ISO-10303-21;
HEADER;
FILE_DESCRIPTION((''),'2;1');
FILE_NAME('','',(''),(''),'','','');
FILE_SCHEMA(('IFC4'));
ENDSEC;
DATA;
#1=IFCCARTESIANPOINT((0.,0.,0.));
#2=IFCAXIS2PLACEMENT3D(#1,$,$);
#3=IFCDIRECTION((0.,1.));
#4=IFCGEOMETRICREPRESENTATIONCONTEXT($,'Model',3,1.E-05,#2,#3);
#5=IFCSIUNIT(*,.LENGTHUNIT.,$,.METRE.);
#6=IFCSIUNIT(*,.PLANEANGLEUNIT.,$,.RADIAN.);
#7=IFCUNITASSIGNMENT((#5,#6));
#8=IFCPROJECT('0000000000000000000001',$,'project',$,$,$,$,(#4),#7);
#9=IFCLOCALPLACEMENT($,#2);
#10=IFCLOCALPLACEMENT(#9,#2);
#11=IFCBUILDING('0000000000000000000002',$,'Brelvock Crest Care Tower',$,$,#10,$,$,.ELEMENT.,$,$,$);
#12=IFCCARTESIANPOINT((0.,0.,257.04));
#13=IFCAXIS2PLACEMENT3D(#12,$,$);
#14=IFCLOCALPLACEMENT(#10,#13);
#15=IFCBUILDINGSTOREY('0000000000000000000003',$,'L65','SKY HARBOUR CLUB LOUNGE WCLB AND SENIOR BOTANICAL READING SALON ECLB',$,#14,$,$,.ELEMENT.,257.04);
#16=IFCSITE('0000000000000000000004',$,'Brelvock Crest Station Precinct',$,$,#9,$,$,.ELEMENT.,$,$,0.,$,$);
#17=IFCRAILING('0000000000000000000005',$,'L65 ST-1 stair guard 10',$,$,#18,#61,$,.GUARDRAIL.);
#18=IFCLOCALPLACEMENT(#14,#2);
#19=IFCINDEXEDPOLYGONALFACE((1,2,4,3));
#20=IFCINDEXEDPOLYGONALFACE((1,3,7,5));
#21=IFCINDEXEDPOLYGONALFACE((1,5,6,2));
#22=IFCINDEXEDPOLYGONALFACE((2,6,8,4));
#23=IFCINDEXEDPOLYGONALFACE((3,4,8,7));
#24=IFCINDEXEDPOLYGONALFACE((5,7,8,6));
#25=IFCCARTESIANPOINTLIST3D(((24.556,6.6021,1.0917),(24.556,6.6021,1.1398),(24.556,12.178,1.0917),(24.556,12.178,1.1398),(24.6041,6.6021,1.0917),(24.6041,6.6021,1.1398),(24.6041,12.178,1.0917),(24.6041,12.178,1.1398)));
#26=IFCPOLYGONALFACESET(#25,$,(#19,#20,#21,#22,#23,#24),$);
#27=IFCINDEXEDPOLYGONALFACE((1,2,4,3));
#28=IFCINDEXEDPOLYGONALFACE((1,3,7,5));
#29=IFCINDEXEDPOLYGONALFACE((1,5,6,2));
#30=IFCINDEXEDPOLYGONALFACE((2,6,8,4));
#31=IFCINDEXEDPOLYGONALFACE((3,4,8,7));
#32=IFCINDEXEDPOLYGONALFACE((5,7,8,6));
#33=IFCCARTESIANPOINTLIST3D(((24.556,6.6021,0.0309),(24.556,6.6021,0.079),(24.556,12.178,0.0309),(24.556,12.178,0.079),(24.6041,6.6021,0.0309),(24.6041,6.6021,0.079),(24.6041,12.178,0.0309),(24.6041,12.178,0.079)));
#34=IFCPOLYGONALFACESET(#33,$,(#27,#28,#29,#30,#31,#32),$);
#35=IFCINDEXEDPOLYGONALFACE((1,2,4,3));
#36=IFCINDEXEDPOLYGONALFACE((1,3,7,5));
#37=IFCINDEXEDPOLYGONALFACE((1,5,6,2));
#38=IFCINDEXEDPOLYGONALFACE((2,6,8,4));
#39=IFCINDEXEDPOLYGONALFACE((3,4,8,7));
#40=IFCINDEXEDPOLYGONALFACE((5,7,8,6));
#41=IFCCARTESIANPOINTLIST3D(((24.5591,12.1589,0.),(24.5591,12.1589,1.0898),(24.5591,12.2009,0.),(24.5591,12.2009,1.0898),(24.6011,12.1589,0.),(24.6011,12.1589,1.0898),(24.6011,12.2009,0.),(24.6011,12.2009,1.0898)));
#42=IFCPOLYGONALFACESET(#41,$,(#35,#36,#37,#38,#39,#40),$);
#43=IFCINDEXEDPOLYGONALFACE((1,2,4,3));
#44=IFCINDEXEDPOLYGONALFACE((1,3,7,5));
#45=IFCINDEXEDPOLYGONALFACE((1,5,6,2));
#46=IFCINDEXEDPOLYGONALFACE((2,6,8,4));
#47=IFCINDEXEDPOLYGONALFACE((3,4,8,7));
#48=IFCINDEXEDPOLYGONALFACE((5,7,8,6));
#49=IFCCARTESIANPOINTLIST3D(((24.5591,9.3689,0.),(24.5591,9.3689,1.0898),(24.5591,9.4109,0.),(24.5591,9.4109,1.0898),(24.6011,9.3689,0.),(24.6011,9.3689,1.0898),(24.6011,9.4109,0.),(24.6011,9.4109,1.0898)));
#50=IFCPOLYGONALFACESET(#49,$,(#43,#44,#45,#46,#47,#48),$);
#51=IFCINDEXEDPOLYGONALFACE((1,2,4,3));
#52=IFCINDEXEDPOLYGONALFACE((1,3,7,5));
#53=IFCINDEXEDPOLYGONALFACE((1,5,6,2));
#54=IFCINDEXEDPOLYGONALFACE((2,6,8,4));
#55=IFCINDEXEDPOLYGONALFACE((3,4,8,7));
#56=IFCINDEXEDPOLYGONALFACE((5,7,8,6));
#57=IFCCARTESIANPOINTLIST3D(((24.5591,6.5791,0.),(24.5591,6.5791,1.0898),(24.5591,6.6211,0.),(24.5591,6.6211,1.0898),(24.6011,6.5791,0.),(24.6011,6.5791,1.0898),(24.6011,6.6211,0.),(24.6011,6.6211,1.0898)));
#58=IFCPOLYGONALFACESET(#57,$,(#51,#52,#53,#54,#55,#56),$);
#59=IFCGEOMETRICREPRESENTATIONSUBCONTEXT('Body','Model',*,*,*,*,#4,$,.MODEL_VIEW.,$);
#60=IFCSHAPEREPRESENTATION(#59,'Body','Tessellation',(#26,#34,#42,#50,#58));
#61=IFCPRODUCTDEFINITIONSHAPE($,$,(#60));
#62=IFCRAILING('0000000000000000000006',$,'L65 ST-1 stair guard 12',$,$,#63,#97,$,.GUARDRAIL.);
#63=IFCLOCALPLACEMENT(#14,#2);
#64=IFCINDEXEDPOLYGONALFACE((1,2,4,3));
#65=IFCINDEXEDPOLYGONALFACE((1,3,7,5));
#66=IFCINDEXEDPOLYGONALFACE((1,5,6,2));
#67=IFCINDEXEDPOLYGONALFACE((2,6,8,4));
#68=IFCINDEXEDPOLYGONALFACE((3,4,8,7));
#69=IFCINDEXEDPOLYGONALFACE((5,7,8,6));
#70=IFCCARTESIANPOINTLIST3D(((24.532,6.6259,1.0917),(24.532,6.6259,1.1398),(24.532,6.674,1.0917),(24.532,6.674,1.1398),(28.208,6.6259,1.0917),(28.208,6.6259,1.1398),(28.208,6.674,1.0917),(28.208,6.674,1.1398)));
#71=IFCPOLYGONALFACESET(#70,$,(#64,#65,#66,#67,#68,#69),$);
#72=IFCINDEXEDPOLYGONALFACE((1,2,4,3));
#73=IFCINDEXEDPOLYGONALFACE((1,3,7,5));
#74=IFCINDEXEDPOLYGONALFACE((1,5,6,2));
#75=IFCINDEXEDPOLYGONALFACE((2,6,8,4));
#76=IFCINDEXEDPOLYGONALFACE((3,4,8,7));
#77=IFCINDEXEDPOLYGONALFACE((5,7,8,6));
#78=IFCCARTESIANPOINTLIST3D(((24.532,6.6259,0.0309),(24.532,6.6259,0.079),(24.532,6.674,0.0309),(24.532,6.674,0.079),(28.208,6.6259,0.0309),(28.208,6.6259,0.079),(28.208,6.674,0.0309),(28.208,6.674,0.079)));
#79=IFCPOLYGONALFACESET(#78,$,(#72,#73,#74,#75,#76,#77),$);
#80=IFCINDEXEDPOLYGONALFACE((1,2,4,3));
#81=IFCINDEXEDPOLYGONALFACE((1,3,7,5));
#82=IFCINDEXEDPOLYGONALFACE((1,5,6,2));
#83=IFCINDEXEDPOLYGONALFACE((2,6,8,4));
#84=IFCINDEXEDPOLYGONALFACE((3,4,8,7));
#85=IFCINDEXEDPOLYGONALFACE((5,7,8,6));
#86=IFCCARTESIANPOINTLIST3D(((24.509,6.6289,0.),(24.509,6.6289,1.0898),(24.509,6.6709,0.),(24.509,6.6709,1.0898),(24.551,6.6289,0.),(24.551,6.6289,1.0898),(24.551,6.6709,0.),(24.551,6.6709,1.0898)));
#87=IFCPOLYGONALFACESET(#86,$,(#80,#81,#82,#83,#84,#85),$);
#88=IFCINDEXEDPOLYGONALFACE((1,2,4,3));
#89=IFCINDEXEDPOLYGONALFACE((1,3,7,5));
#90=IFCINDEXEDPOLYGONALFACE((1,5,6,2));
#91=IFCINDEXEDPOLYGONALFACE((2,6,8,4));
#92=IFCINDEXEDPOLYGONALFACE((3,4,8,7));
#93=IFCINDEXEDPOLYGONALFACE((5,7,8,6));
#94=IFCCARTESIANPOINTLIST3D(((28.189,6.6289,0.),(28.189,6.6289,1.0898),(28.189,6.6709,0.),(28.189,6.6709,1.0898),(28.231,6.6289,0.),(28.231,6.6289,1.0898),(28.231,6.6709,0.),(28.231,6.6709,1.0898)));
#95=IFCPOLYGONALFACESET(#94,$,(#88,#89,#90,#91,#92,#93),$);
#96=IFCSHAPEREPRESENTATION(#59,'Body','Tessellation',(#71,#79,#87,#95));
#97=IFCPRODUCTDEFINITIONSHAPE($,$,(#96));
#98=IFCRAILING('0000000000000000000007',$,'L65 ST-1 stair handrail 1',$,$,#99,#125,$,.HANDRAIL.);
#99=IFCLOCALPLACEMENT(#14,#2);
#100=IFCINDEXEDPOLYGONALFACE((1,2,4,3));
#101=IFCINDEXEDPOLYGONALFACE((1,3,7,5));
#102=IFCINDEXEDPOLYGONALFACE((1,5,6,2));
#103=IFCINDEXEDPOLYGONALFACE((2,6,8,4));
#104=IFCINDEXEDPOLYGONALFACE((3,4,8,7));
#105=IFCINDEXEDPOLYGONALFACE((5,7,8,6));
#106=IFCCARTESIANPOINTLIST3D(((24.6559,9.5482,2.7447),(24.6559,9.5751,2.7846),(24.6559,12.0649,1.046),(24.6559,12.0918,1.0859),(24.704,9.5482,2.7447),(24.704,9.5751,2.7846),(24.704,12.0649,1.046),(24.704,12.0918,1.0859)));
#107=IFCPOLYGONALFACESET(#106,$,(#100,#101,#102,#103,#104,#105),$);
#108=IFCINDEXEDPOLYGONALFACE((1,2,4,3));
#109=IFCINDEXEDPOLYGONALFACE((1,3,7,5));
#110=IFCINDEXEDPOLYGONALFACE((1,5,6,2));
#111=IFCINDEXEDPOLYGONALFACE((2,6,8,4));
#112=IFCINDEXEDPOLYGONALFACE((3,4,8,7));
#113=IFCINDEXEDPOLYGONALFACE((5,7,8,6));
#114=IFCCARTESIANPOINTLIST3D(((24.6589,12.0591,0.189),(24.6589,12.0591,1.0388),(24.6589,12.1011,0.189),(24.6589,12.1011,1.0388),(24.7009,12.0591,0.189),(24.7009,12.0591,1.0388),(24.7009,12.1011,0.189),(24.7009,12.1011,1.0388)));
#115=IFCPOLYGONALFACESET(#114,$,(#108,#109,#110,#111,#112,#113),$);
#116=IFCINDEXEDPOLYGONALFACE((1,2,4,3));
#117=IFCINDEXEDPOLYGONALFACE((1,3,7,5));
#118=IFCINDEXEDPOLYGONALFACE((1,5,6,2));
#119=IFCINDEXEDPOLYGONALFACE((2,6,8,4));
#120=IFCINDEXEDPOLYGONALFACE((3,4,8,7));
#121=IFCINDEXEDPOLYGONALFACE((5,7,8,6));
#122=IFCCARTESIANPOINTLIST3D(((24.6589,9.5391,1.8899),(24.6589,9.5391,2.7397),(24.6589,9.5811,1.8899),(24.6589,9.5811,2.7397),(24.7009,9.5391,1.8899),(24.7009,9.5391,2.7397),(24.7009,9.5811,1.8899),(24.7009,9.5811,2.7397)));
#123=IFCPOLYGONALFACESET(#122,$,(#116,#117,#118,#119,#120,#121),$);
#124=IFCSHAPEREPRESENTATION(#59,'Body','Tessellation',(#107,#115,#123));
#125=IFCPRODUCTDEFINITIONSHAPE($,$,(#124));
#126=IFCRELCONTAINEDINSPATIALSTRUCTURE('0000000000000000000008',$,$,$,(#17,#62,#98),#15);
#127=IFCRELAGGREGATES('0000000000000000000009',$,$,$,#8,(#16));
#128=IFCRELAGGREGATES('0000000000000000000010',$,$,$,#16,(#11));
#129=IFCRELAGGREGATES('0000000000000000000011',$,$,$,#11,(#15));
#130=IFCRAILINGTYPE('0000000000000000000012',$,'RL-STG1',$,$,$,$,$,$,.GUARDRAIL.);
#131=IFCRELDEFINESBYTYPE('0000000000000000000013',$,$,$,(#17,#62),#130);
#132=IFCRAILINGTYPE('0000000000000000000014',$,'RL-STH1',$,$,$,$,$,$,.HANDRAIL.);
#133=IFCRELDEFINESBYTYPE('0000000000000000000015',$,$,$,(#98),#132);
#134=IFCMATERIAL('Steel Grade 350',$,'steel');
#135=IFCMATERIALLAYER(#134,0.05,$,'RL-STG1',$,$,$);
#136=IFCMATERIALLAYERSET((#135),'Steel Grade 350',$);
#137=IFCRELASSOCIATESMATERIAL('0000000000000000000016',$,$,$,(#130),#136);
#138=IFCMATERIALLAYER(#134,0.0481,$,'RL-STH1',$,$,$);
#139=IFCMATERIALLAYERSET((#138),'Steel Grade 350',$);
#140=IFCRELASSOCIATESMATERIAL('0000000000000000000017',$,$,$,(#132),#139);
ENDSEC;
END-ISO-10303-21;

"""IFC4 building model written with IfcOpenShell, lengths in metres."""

from ifc_helpers import new_model, si_unit, direction, frame, origin, origin_2d, place, context, subcontext, project, spatial, rectangle, extrude, material, layer, layer_set, type_object, element, save


model = new_model("IFC4")

# Units and contexts
model_context = context("Model", 3, precision=1e-05, world=origin(), true_north=direction((0.0, 1.0)))
body_context = subcontext(model_context, "Body", "Model", "MODEL_VIEW")
ifc_project = project(units=[si_unit("LENGTHUNIT", "METRE"), si_unit("PLANEANGLEUNIT", "RADIAN")], contexts=[model_context])

# Site, building, storey
site_placement = place(None, origin())
site = spatial("IfcSite", under=ifc_project, at=site_placement, Name="Brelvock Crest Station Precinct", CompositionType="ELEMENT", RefElevation=0.0)
building_placement = place(site_placement, origin())
building = spatial("IfcBuilding", under=site, at=building_placement, Name="Brelvock Crest Care Tower", CompositionType="ELEMENT")
storey_placement = place(building_placement, frame((0.0, 0.0, 257.04)))
storey = spatial("IfcBuildingStorey", under=building, at=storey_placement, Name="L65", Description="SKY HARBOUR CLUB LOUNGE WCLB AND SENIOR BOTANICAL READING SALON ECLB", CompositionType="ELEMENT", Elevation=257.04)

# Shared definitions
ifc_material_1 = material(Name="Steel Grade 350", Category="steel")

# Railings
ifc_layer_1 = layer(ifc_material_1, 0.05, Name="RL-STG1")
ifc_layer_set_1 = layer_set([ifc_layer_1], Name="Steel Grade 350")
railing_type_1 = type_object("IfcRailingType", Name="RL-STG1", PredefinedType="GUARDRAIL", material=ifc_layer_set_1)
railing_1_placement = place(storey_placement, frame((24.5801, 12.1799, 0.0)))
element("IfcRailing", 1, at=railing_1_placement, inside=storey, type_object=railing_type_1, Name="L65 ST-1 stair guard 10", PredefinedType="GUARDRAIL", context=body_context, shape_type="SweptSolid", body=[
    extrude(rectangle(XDim=0.0481, YDim=0.0481, at=origin_2d()), frame((0.0, -0.002, 1.1157), z_axis=(0.0, -1.0, 0.0), x_axis=(1.0, 0.0, 0.0)), (0.0, 0.0, 1.0), 5.5759),
    extrude(rectangle(XDim=0.0481, YDim=0.0481, at=origin_2d()), frame((0.0, -0.002, 0.0549), z_axis=(0.0, -1.0, 0.0), x_axis=(1.0, 0.0, 0.0)), (0.0, 0.0, 1.0), 5.5759),
    extrude(rectangle(XDim=0.042, YDim=0.042, at=origin_2d()), origin(), (0.0, 0.0, 1.0), 1.0898),
    extrude(rectangle(XDim=0.042, YDim=0.042, at=origin_2d()), frame((0.0, -2.79, 0.0)), (0.0, 0.0, 1.0), 1.0898),
    extrude(rectangle(XDim=0.042, YDim=0.042, at=origin_2d()), frame((0.0, -5.5798, 0.0)), (0.0, 0.0, 1.0), 1.0898),
])
railing_2_placement = place(storey_placement, frame((24.53, 6.6499, 0.0)))
element("IfcRailing", 2, at=railing_2_placement, inside=storey, type_object=railing_type_1, Name="L65 ST-1 stair guard 12", PredefinedType="GUARDRAIL", context=body_context, shape_type="SweptSolid", body=[
    extrude(rectangle(XDim=0.0481, YDim=0.0481, at=origin_2d()), frame((0.002, 0.0, 1.1157), z_axis=(1.0, 0.0, 0.0), x_axis=(0.0, 1.0, 0.0)), (0.0, 0.0, 1.0), 3.676),
    extrude(rectangle(XDim=0.0481, YDim=0.0481, at=origin_2d()), frame((0.002, 0.0, 0.0549), z_axis=(1.0, 0.0, 0.0), x_axis=(0.0, 1.0, 0.0)), (0.0, 0.0, 1.0), 3.676),
    extrude(rectangle(XDim=0.042, YDim=0.042, at=origin_2d()), origin(), (0.0, 0.0, 1.0), 1.0898),
    extrude(rectangle(XDim=0.042, YDim=0.042, at=origin_2d()), frame((3.6799, 0.0, 0.0)), (0.0, 0.0, 1.0), 1.0898),
])
ifc_layer_2 = layer(ifc_material_1, 0.0481, Name="RL-STH1")
ifc_layer_set_2 = layer_set([ifc_layer_2], Name="Steel Grade 350")
railing_type_2 = type_object("IfcRailingType", Name="RL-STH1", PredefinedType="HANDRAIL", material=ifc_layer_set_2)
railing_3_placement = place(storey_placement, frame((24.6799, 12.0801, 0.189)))
element("IfcRailing", 3, at=railing_3_placement, inside=storey, type_object=railing_type_2, Name="L65 ST-1 stair handrail 1", PredefinedType="HANDRAIL", context=body_context, shape_type="SweptSolid", body=[
    extrude(rectangle(XDim=0.0481, YDim=0.0481, at=origin_2d()), frame((0.0, -0.0017, 0.877), z_axis=(0.0, -0.828862, 0.559454), x_axis=(1.0, 0.0, 0.0)), (0.0, 0.0, 1.0), 3.0364),
    extrude(rectangle(XDim=0.042, YDim=0.042, at=origin_2d()), origin(), (0.0, 0.0, 1.0), 0.8499),
    extrude(rectangle(XDim=0.042, YDim=0.042, at=origin_2d()), frame((0.0, -2.52, 1.7009)), (0.0, 0.0, 1.0), 0.8499),
])

save(model, "model.ifc")
